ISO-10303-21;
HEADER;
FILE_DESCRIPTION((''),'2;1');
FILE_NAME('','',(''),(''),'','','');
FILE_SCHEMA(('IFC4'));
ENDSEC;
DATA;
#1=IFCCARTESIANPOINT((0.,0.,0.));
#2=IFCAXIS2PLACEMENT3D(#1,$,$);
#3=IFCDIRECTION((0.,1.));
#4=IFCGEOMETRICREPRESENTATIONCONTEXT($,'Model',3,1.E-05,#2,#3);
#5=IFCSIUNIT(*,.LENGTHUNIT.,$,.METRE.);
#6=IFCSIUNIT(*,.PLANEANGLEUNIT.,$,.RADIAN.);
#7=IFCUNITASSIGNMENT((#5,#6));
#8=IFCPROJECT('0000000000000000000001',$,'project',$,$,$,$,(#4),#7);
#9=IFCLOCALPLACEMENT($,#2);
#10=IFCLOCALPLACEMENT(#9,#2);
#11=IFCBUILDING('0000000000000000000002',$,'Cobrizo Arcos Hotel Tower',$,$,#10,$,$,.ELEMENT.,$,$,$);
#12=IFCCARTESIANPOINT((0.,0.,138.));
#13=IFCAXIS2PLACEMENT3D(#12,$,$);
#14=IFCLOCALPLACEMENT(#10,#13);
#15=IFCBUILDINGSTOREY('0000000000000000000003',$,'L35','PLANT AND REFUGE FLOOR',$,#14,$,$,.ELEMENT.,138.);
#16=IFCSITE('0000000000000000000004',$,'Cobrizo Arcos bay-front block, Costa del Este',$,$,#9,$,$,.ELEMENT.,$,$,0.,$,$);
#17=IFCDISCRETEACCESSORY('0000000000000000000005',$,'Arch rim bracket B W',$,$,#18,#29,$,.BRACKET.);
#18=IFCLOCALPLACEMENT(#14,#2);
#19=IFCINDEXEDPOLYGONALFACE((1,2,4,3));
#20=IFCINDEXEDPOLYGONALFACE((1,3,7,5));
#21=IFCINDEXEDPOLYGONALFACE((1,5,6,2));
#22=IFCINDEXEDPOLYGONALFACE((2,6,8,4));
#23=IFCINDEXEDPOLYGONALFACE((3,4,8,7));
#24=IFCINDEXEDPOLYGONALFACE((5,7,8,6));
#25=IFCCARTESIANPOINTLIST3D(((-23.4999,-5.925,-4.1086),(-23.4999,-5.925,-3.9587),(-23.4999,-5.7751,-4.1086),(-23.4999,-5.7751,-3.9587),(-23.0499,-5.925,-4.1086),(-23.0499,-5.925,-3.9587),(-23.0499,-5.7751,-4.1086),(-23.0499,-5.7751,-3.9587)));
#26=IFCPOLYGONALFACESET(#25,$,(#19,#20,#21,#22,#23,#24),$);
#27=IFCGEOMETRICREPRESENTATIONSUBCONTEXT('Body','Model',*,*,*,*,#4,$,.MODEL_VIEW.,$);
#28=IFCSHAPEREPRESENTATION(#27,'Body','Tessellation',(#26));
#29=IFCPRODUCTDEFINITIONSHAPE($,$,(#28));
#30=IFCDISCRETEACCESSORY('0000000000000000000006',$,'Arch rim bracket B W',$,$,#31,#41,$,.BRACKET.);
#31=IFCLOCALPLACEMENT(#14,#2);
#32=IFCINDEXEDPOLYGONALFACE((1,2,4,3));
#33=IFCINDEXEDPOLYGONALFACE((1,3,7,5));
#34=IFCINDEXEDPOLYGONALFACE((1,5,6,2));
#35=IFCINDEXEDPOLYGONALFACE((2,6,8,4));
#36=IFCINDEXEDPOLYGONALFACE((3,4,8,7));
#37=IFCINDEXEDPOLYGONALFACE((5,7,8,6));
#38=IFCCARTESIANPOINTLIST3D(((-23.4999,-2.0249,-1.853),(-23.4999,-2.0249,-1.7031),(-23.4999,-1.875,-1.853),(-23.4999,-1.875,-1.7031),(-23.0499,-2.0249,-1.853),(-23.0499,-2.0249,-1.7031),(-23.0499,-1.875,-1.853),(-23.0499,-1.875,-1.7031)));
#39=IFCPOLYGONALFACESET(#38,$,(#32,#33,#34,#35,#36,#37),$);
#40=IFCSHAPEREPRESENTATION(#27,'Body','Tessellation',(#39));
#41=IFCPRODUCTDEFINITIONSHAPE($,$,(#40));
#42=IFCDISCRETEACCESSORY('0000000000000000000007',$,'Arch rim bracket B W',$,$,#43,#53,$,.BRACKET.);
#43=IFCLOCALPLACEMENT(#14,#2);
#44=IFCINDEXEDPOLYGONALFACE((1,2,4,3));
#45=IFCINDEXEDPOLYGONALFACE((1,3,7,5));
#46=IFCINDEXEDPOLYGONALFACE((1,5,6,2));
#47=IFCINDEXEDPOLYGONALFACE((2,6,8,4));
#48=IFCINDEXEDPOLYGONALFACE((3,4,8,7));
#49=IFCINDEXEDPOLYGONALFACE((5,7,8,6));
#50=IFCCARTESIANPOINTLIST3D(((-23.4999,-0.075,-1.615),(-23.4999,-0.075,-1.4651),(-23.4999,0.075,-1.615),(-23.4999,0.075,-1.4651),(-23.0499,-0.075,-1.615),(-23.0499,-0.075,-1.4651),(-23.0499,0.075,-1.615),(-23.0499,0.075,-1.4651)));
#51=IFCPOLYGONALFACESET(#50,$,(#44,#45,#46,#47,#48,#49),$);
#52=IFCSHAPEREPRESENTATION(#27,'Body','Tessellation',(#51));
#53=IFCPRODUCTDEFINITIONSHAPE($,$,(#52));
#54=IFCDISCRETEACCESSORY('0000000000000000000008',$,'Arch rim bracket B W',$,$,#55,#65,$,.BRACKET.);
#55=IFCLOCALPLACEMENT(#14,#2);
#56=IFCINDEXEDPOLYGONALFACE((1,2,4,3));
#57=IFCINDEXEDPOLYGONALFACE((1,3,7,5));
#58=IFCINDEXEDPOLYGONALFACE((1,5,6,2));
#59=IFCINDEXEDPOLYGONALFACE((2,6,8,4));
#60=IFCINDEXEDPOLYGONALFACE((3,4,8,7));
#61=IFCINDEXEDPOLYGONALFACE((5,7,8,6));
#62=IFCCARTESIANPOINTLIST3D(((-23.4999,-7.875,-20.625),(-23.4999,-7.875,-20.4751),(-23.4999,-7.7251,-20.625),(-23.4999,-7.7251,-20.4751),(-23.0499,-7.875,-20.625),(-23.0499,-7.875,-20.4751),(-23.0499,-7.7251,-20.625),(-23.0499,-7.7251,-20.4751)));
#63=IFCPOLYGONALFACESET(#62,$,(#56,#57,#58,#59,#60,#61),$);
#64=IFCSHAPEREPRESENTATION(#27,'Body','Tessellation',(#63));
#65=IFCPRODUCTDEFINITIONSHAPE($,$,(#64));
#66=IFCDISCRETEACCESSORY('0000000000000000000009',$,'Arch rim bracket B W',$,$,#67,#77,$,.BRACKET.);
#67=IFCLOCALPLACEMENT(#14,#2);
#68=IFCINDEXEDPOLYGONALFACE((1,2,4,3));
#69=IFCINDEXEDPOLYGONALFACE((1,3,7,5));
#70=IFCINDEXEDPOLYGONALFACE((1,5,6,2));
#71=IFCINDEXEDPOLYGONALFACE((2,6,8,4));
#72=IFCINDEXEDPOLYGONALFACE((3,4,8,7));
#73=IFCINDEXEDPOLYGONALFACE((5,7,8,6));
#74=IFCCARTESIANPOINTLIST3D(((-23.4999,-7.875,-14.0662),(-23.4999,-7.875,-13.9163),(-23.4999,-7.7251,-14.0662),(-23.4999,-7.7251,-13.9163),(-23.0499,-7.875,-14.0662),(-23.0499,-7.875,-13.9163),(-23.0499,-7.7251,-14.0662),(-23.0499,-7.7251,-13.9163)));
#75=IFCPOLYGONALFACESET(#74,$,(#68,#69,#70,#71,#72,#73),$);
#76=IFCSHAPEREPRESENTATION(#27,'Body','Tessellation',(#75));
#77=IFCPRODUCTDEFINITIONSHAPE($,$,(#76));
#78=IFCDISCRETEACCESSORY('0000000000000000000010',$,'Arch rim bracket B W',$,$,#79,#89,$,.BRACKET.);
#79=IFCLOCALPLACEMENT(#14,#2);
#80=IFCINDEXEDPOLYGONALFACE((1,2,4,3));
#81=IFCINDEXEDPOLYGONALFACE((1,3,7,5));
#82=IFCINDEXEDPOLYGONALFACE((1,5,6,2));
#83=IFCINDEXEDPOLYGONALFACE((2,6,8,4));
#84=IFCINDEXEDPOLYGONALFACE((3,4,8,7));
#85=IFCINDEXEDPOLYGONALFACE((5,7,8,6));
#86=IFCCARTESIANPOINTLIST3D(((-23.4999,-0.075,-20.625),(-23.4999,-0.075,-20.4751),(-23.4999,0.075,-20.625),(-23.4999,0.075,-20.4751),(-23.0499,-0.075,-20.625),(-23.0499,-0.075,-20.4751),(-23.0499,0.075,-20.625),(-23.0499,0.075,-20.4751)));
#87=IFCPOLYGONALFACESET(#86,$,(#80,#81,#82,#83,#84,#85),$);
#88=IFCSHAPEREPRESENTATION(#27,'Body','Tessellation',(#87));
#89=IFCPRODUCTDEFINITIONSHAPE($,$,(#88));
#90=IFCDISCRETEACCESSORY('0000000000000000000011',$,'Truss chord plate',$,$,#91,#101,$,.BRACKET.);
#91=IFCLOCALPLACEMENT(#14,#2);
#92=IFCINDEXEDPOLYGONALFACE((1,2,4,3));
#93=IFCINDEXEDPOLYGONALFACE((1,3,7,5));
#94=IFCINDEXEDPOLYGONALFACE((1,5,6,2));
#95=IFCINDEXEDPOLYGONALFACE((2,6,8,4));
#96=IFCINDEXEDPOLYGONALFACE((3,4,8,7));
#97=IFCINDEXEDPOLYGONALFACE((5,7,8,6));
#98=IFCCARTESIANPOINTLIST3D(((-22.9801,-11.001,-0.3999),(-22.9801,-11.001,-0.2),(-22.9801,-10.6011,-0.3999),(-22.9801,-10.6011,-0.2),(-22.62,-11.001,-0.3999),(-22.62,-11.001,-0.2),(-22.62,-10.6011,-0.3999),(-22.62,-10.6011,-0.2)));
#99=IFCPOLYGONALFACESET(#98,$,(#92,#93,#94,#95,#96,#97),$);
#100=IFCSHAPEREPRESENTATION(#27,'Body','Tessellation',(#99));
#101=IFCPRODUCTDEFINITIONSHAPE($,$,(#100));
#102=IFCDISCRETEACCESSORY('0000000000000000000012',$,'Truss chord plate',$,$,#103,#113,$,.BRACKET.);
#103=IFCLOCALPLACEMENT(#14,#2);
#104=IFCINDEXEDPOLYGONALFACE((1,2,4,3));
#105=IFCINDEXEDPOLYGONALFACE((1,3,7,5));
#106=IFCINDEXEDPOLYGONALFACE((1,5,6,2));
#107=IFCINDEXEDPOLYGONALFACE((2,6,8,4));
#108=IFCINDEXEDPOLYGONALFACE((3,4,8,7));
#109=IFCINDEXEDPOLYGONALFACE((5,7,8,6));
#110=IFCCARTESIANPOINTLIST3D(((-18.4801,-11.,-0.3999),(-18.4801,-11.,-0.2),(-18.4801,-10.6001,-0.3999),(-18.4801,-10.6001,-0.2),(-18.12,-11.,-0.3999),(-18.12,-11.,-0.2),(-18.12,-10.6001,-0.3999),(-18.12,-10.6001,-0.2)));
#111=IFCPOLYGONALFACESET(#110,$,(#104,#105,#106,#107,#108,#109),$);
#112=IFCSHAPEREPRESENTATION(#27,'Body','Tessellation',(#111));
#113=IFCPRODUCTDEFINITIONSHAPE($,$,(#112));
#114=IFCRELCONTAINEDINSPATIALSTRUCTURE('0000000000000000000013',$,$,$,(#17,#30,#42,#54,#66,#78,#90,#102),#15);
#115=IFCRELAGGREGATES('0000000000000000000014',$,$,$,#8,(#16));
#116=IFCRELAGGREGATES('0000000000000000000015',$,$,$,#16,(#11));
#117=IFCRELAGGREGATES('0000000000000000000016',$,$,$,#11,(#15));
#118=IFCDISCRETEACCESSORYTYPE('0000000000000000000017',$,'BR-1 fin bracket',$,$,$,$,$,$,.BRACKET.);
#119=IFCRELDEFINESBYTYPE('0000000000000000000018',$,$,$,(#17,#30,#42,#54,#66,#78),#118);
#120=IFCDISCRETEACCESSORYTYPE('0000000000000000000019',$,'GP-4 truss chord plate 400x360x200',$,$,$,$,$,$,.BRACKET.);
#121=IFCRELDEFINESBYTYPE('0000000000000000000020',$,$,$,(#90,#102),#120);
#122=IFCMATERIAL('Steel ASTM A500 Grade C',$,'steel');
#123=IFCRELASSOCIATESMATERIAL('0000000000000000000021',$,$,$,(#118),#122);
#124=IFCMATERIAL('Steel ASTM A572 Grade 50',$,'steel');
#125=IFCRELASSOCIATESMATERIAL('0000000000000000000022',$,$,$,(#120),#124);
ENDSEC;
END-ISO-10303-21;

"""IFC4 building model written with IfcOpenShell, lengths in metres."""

from ifc_helpers import new_model, si_unit, direction, frame, origin, origin_2d, place, context, subcontext, project, spatial, rectangle, extrude, material, type_object, element, save


model = new_model("IFC4")

# Units and contexts
model_context = context("Model", 3, precision=1e-05, world=origin(), true_north=direction((0.0, 1.0)))
body_context = subcontext(model_context, "Body", "Model", "MODEL_VIEW")
ifc_project = project(units=[si_unit("LENGTHUNIT", "METRE"), si_unit("PLANEANGLEUNIT", "RADIAN")], contexts=[model_context])

# Site, building, storey
site_placement = place(None, origin())
site = spatial("IfcSite", under=ifc_project, at=site_placement, Name="Cobrizo Arcos bay-front block, Costa del Este", CompositionType="ELEMENT", RefElevation=0.0)
building_placement = place(site_placement, origin())
building = spatial("IfcBuilding", under=site, at=building_placement, Name="Cobrizo Arcos Hotel Tower", CompositionType="ELEMENT")
storey_placement = place(building_placement, frame((0.0, 0.0, 138.0)))
storey = spatial("IfcBuildingStorey", under=building, at=storey_placement, Name="L35", Description="PLANT AND REFUGE FLOOR", CompositionType="ELEMENT", Elevation=138.0)

# Shared definitions
ifc_material_1 = material(Name="Steel ASTM A572 Grade 50", Category="steel")

# Shared definitions
ifc_material_2 = material(Name="Steel ASTM A500 Grade C", Category="steel")

# Discrete accessories
discrete_accessory_type_1 = type_object("IfcDiscreteAccessoryType", Name="BR-1 fin bracket", PredefinedType="BRACKET", material=ifc_material_2)
for number, where, z_axis, x_axis, name in (
    (1, (-23.2749, -5.8501, -4.1086), (0.0, 0.0, 1.0), (1.0, 0.0, 0.0), "Arch rim bracket B W"),
    (2, (-23.2749, -1.95, -1.853), (0.0, 0.0, 1.0), (1.0, 0.0, 0.0), "Arch rim bracket B W"),
    (3, (-23.2749, 0.0, -1.615), (0.0, 0.0, 1.0), (1.0, 0.0, 0.0), "Arch rim bracket B W"),
    (4, (-23.2749, -7.8, -20.625), (0.0, 0.0, 1.0), (1.0, 0.0, 0.0), "Arch rim bracket B W"),
    (5, (-23.2749, -7.8, -14.0662), (0.0, 0.0, 1.0), (1.0, 0.0, 0.0), "Arch rim bracket B W"),
    (6, (-23.2749, 0.0, -20.625), (0.0, 0.0, 1.0), (1.0, 0.0, 0.0), "Arch rim bracket B W"),
):
    element("IfcDiscreteAccessory", number, at=place(storey_placement, frame(where, z_axis=z_axis, x_axis=x_axis)), inside=storey, type_object=discrete_accessory_type_1, Name=name, PredefinedType="BRACKET", context=body_context, shape_type="SweptSolid", body=[
        extrude(rectangle(XDim=0.45, YDim=0.1499, at=origin_2d()), origin(), (0.0, 0.0, 1.0), 0.1499),
    ])
discrete_accessory_type_2 = type_object("IfcDiscreteAccessoryType", Name="GP-4 truss chord plate 400x360x200", PredefinedType="BRACKET", material=ifc_material_1)
for number, where, z_axis, x_axis, name in (
    (7, (-22.8, -10.801, -0.3999), (0.0, 0.0, 1.0), (0.0, -1.0, 0.0), "Truss chord plate"),
    (8, (-18.3, -10.8, -0.3999), (0.0, 0.0, 1.0), (0.0, -1.0, 0.0), "Truss chord plate"),
):
    element("IfcDiscreteAccessory", number, at=place(storey_placement, frame(where, z_axis=z_axis, x_axis=x_axis)), inside=storey, type_object=discrete_accessory_type_2, Name=name, PredefinedType="BRACKET", context=body_context, shape_type="SweptSolid", body=[
        extrude(rectangle(XDim=0.3999, YDim=0.3601, at=origin_2d()), origin(), (0.0, 0.0, 1.0), 0.2),
    ])

save(model, "model.ifc")
